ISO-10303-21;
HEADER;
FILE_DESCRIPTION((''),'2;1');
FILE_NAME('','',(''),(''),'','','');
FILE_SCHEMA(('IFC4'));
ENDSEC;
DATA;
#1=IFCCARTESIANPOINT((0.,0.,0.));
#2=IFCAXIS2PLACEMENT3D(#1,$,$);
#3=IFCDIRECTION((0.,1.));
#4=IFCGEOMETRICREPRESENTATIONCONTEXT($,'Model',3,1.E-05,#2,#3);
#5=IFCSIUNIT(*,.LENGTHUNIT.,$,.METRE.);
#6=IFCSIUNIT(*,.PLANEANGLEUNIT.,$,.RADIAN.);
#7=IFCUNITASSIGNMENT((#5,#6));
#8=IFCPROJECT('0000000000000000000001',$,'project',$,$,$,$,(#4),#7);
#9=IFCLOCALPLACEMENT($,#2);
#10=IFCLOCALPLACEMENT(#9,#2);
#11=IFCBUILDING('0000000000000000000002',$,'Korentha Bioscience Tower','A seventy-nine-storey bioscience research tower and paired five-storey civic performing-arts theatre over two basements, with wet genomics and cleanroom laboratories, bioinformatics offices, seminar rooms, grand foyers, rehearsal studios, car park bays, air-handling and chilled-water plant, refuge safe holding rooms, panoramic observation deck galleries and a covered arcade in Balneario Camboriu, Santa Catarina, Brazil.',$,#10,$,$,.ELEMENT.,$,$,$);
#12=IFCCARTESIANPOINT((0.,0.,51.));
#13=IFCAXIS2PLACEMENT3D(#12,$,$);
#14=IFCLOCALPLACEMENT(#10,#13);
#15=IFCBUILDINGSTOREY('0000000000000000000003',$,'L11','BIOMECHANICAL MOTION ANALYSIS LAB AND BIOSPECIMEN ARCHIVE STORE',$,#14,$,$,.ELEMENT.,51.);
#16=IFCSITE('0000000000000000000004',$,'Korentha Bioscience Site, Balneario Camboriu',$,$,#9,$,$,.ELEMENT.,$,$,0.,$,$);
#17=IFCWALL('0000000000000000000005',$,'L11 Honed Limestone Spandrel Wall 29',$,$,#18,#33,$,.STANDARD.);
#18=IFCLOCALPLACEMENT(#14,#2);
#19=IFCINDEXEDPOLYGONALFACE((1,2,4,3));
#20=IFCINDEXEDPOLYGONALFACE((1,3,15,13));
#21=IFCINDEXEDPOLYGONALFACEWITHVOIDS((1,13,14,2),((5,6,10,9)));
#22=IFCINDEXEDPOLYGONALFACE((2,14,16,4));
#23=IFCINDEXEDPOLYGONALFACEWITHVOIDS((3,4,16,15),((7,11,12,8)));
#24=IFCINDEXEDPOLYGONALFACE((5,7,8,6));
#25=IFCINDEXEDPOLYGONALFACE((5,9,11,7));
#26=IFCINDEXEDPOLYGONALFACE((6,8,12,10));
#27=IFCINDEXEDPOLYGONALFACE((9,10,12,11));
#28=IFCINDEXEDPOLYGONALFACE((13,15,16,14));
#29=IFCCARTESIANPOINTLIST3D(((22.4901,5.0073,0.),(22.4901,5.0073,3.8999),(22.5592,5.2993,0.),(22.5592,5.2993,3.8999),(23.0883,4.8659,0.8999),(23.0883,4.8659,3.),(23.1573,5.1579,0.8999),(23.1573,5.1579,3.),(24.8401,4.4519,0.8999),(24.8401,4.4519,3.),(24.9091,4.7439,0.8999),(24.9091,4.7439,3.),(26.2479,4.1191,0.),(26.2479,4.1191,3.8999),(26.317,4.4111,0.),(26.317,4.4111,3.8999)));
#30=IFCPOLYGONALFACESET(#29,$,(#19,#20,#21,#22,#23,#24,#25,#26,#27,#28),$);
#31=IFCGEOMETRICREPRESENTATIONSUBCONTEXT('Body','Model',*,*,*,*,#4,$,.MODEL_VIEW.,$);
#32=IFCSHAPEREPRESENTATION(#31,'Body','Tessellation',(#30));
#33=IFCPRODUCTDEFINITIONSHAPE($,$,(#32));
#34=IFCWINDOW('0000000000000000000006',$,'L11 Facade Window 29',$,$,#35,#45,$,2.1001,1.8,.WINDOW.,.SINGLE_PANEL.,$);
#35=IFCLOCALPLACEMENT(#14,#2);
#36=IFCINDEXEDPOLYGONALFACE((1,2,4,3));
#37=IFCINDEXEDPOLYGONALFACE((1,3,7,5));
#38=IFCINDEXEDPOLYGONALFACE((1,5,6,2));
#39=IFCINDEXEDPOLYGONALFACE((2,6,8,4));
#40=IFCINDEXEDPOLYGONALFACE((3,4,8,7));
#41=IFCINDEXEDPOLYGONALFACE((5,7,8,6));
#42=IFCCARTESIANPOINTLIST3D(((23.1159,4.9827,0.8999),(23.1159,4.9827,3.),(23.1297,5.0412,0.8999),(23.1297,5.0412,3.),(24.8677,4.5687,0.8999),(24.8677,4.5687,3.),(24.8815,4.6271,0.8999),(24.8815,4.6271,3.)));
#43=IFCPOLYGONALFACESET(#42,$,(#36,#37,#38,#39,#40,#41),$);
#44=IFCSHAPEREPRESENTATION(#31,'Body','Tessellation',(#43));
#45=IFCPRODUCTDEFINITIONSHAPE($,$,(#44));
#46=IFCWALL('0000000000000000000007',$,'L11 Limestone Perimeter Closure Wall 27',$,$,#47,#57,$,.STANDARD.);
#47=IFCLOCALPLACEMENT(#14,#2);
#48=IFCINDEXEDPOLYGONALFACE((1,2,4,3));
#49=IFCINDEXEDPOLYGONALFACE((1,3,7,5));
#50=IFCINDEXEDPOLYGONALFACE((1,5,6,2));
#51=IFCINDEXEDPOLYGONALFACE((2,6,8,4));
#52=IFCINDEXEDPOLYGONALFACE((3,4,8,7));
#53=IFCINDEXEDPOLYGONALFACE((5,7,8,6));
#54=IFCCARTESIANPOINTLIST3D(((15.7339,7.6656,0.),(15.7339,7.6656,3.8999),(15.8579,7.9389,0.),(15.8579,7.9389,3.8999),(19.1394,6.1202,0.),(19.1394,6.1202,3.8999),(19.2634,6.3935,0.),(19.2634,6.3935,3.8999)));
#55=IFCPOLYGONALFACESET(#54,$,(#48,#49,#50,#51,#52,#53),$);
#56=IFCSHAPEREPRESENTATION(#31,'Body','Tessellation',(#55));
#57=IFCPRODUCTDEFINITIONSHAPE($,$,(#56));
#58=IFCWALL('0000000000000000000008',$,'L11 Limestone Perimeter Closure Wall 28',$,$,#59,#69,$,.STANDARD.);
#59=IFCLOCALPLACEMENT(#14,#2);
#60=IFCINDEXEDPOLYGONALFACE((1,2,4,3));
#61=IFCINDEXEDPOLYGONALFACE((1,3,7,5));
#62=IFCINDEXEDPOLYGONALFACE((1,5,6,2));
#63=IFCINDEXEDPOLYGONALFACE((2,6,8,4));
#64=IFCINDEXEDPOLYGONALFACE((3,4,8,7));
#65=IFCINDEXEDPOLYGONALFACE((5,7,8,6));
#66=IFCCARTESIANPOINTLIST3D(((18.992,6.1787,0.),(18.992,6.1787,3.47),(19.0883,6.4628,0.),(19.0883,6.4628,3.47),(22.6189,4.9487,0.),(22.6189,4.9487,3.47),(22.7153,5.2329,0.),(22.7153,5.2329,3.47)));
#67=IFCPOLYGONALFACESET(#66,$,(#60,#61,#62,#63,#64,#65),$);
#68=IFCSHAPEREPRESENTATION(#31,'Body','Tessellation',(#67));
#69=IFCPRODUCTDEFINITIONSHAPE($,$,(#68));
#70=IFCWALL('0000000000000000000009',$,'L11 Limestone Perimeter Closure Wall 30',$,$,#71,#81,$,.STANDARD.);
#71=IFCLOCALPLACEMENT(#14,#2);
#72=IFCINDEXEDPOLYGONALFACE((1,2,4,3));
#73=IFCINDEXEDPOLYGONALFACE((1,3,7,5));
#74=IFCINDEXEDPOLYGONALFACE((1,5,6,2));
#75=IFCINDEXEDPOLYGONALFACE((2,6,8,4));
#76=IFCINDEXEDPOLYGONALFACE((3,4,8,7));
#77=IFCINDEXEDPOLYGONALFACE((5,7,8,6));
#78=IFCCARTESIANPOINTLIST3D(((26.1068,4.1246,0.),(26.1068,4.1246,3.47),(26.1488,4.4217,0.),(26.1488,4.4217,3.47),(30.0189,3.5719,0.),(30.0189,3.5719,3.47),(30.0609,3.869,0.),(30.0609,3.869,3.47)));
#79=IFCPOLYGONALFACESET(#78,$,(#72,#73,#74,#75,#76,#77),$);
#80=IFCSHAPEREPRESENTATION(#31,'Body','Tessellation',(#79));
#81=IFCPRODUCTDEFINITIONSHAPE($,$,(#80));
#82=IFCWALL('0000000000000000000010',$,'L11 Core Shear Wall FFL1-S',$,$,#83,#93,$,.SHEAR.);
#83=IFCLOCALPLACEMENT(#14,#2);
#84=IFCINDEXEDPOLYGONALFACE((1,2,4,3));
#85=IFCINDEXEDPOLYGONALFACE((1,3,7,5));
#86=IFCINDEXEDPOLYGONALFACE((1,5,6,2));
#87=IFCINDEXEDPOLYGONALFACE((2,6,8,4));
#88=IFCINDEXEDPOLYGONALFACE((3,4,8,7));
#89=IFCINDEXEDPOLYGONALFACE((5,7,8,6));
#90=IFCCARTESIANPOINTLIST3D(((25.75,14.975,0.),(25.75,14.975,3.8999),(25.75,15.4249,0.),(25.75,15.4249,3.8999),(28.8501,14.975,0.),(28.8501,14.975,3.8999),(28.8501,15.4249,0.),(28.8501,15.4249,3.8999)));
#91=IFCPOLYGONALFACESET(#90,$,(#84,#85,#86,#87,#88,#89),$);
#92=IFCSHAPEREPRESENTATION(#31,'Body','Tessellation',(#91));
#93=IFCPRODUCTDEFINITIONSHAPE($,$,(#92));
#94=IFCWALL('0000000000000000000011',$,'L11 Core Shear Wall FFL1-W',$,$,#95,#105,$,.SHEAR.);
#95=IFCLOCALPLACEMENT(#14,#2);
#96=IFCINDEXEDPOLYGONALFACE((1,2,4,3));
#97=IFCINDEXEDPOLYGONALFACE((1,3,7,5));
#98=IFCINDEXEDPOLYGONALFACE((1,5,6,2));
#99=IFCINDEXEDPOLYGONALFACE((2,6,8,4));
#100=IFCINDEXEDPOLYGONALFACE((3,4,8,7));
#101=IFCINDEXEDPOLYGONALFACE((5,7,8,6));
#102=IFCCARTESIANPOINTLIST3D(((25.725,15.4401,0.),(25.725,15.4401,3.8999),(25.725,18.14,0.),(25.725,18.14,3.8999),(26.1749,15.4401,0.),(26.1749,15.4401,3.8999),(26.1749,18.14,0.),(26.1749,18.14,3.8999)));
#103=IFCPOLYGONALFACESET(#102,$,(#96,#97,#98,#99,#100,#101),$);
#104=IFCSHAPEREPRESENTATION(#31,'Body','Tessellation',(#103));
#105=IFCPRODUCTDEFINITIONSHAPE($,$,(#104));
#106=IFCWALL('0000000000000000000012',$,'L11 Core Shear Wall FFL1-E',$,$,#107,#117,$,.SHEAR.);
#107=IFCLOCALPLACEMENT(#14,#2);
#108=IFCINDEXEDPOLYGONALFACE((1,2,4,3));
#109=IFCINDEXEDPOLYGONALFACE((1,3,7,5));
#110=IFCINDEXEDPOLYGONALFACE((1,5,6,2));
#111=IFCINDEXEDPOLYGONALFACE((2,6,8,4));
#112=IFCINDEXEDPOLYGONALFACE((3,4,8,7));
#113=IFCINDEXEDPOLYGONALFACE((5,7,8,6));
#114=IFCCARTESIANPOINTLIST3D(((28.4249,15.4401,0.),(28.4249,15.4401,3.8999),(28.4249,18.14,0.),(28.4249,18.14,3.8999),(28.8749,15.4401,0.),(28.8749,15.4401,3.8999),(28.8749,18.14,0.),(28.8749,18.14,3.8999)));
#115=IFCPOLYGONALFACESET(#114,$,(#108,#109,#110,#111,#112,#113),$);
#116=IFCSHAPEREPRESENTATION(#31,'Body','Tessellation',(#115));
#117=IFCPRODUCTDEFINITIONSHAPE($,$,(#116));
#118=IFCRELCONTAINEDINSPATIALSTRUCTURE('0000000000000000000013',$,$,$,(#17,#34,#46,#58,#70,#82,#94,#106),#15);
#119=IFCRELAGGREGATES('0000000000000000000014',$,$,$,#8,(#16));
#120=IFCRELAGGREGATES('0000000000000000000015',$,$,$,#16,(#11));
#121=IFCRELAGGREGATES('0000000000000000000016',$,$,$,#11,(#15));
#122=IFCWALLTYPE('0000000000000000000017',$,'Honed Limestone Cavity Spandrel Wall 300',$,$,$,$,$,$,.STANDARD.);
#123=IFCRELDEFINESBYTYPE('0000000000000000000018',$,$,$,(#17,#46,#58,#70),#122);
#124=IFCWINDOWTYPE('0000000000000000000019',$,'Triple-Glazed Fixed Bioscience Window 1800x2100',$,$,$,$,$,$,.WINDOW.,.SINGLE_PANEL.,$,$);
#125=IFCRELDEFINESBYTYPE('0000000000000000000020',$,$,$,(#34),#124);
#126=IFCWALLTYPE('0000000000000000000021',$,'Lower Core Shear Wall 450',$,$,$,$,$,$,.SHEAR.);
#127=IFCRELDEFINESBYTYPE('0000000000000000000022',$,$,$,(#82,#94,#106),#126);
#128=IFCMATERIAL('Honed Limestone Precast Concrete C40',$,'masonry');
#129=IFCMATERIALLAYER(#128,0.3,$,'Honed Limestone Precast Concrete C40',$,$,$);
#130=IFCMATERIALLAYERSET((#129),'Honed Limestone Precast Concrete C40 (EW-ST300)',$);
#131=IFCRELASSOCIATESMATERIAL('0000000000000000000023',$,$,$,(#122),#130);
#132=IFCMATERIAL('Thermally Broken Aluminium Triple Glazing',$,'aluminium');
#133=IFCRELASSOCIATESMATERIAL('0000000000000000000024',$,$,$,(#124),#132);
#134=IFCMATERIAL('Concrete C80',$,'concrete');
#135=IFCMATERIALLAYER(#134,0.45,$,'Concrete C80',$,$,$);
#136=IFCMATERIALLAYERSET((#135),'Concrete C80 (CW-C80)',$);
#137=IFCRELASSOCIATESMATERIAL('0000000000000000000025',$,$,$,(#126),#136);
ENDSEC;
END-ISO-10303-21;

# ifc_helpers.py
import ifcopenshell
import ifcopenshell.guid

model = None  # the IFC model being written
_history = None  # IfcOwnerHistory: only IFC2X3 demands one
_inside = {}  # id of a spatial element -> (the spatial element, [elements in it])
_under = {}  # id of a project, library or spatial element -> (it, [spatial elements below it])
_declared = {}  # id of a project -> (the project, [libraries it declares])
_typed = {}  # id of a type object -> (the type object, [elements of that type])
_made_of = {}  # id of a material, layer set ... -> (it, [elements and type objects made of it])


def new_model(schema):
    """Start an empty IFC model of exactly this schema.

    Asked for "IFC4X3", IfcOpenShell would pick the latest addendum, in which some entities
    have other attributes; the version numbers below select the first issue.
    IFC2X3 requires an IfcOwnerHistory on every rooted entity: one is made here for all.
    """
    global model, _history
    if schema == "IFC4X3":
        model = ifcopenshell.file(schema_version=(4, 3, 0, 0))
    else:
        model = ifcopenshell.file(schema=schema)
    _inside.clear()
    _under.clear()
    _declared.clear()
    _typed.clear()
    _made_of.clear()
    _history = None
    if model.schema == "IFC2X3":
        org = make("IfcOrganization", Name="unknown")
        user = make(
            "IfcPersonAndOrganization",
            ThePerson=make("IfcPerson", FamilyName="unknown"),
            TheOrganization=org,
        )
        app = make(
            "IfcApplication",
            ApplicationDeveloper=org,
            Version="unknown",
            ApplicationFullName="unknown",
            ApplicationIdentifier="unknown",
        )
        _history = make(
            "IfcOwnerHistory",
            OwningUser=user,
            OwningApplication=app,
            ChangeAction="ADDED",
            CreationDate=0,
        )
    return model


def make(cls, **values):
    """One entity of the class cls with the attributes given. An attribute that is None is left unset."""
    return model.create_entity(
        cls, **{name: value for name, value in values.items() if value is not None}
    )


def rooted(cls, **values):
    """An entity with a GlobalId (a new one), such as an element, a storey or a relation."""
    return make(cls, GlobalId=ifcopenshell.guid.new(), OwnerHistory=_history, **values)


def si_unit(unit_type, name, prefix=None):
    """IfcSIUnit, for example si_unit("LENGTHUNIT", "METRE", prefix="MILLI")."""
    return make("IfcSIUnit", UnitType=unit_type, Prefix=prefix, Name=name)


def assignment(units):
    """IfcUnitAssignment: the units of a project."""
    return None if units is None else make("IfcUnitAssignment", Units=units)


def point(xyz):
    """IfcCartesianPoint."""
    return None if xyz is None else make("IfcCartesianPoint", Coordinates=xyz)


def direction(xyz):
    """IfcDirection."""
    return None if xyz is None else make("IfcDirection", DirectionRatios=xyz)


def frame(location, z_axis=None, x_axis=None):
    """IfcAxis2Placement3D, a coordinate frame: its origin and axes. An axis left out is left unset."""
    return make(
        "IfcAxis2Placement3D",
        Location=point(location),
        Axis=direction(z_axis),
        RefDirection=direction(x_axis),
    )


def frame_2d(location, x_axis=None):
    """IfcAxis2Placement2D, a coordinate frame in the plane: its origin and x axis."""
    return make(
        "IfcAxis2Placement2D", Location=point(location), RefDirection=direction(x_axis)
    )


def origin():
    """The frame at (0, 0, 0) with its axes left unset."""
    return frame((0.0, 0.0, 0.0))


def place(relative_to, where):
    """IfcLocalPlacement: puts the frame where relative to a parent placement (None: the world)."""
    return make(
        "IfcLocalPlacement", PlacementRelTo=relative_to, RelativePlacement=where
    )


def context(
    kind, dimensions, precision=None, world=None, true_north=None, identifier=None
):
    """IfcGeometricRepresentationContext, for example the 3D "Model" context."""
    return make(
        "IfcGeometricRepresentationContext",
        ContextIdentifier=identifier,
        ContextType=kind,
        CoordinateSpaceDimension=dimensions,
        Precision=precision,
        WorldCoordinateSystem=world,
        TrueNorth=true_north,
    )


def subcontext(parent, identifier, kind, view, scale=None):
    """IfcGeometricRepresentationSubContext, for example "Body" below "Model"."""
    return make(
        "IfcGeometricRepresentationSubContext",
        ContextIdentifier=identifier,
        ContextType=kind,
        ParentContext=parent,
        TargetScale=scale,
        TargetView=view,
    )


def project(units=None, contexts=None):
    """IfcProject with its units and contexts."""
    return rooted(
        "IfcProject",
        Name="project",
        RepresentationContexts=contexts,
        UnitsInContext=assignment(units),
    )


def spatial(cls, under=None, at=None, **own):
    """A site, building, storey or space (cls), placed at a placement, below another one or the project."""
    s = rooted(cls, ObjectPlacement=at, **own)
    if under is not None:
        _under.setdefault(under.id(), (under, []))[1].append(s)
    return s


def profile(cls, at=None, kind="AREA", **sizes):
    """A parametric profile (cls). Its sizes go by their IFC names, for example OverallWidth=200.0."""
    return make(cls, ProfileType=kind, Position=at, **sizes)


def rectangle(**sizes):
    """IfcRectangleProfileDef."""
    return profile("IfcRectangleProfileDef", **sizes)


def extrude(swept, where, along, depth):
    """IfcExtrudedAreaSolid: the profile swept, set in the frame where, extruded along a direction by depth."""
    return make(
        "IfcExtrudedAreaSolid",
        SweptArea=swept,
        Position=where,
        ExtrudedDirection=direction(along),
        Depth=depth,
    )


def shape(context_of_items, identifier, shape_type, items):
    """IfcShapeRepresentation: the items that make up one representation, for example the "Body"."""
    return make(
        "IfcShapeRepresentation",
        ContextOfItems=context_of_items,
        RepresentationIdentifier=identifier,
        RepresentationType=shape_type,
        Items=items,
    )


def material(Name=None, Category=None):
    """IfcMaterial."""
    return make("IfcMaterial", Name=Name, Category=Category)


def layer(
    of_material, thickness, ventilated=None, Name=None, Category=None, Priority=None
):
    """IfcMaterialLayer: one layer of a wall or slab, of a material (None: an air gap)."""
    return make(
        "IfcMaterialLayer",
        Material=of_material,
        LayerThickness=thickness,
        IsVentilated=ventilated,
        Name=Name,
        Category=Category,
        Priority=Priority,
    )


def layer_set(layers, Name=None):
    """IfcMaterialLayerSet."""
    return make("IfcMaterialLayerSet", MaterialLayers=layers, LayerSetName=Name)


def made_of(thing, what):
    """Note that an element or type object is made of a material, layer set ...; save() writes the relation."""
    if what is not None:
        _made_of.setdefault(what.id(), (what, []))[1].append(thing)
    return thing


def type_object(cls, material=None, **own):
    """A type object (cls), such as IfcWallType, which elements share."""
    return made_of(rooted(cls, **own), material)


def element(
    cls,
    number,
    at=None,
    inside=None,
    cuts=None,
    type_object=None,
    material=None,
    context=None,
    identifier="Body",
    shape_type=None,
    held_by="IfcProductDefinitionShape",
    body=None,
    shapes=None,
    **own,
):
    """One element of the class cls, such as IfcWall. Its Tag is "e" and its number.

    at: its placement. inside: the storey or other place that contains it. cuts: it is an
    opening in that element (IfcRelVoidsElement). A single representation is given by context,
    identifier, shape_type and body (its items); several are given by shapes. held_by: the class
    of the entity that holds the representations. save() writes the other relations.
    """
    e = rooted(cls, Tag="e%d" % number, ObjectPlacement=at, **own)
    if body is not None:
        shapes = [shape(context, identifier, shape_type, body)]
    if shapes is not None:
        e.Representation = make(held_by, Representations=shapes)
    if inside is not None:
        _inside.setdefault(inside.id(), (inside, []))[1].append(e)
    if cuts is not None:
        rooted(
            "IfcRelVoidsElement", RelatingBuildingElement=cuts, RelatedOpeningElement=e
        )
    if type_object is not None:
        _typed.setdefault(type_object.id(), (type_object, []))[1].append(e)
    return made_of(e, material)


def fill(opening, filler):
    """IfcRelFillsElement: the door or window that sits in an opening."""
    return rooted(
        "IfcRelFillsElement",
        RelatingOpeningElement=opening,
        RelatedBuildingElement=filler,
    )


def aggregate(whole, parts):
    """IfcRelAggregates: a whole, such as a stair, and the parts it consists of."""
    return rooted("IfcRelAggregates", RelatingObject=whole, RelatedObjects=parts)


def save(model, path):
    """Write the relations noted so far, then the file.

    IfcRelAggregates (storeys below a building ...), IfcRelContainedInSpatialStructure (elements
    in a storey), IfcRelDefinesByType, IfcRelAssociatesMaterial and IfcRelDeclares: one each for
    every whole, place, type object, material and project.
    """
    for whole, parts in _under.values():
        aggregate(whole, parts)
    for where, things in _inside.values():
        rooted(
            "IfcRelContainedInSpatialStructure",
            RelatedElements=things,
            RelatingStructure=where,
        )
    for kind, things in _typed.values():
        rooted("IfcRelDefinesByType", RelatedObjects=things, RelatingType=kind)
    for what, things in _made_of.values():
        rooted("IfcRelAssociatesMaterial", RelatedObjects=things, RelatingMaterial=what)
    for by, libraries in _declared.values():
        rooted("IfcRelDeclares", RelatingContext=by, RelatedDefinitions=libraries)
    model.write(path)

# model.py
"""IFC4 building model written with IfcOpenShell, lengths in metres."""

from ifc_helpers import new_model, si_unit, direction, frame, frame_2d, origin, place, context, subcontext, project, spatial, rectangle, extrude, material, layer, layer_set, type_object, element, fill, save


model = new_model("IFC4")

# Units and contexts
model_context = context("Model", 3, precision=1e-05, world=origin(), true_north=direction((0.0, 1.0)))
body_context = subcontext(model_context, "Body", "Model", "MODEL_VIEW")
ifc_project = project(units=[si_unit("LENGTHUNIT", "METRE"), si_unit("PLANEANGLEUNIT", "RADIAN")], contexts=[model_context])

# Site, building, storey
site_placement = place(None, origin())
site = spatial("IfcSite", under=ifc_project, at=site_placement, Name="Korentha Bioscience Site, Balneario Camboriu", CompositionType="ELEMENT", RefElevation=0.0)
building_placement = place(site_placement, origin())
building = spatial("IfcBuilding", under=site, at=building_placement, Name="Korentha Bioscience Tower", Description="A seventy-nine-storey bioscience research tower and paired five-storey civic performing-arts theatre over two basements, with wet genomics and cleanroom laboratories, bioinformatics offices, seminar rooms, grand foyers, rehearsal studios, car park bays, air-handling and chilled-water plant, refuge safe holding rooms, panoramic observation deck galleries and a covered arcade in Balneario Camboriu, Santa Catarina, Brazil.", CompositionType="ELEMENT")
storey_placement = place(building_placement, frame((0.0, 0.0, 51.0)))
storey = spatial("IfcBuildingStorey", under=building, at=storey_placement, Name="L11", Description="BIOMECHANICAL MOTION ANALYSIS LAB AND BIOSPECIMEN ARCHIVE STORE", CompositionType="ELEMENT", Elevation=51.0)

# Shared definitions
ifc_material_1 = material(Name="Concrete C80", Category="concrete")

# Shared definitions
ifc_material_2 = material(Name="Honed Limestone Precast Concrete C40", Category="masonry")
ifc_layer_1 = layer(ifc_material_2, 0.3, Name="Honed Limestone Precast Concrete C40")
ifc_layer_set_1 = layer_set([ifc_layer_1], Name="Honed Limestone Precast Concrete C40 (EW-ST300)")
wall_type_1 = type_object("IfcWallType", Name="Honed Limestone Cavity Spandrel Wall 300", PredefinedType="STANDARD", material=ifc_layer_set_1)

# Wall, opening, window
wall_1_placement = place(storey_placement, frame((22.5247, 5.1533, 0.0), z_axis=(0.0, 0.0, 1.0), x_axis=(0.973186, -0.230019, 0.0)))
wall_1 = element("IfcWall", 1, at=wall_1_placement, inside=storey, type_object=wall_type_1, Name="L11 Honed Limestone Spandrel Wall 29", PredefinedType="STANDARD", context=body_context, shape_type="SweptSolid", body=[
    extrude(rectangle(XDim=3.8613, YDim=0.3, at=frame_2d((1.9307, 0.0))), origin(), (0.0, 0.0, 1.0), 3.8999),
])
opening_1_placement = place(wall_1_placement, frame((0.6147, 0.0, 0.8999)))
opening_1 = element("IfcOpeningElement", 2, at=opening_1_placement, cuts=wall_1, PredefinedType="OPENING", context=body_context, shape_type="SweptSolid", body=[
    extrude(rectangle(XDim=1.8, YDim=2.1001, at=frame_2d((0.8999, 1.05))), frame((0.0, 0.165, 0.0), z_axis=(0.0, -1.0, 0.0), x_axis=(1.0, 0.0, 0.0)), (0.0, 0.0, 1.0), 0.3298),
])
ifc_material_3 = material(Name="Thermally Broken Aluminium Triple Glazing", Category="aluminium")
window_type = type_object("IfcWindowType", Name="Triple-Glazed Fixed Bioscience Window 1800x2100", PartitioningType="SINGLE_PANEL", PredefinedType="WINDOW", material=ifc_material_3)
window_placement = place(opening_1_placement, origin())
window = element("IfcWindow", 3, at=window_placement, inside=storey, type_object=window_type, Name="L11 Facade Window 29", OverallHeight=2.1001, OverallWidth=1.8, PartitioningType="SINGLE_PANEL", PredefinedType="WINDOW", context=body_context, shape_type="SweptSolid", body=[
    extrude(rectangle(XDim=1.8, YDim=2.1001, at=frame_2d((0.8999, 1.05))), frame((0.0, 0.03, 0.0), z_axis=(0.0, -1.0, 0.0), x_axis=(1.0, 0.0, 0.0)), (0.0, 0.0, 1.0), 0.0601),
])
fill(opening_1, window)

# Walls
wall_2_placement = place(storey_placement, frame((15.7959, 7.8022, 0.0), z_axis=(0.0, 0.0, 1.0), x_axis=(0.910623, -0.413237, 0.0)))
element("IfcWall", 4, at=wall_2_placement, inside=storey, type_object=wall_type_1, Name="L11 Limestone Perimeter Closure Wall 27", PredefinedType="STANDARD", context=body_context, shape_type="SweptSolid", body=[
    extrude(rectangle(XDim=3.7397, YDim=0.3, at=frame_2d((1.8699, 0.0))), origin(), (0.0, 0.0, 1.0), 3.8999),
])
wall_3_placement = place(storey_placement, frame((19.04, 6.3208, 0.0), z_axis=(0.0, 0.0, 1.0), x_axis=(0.947026, -0.321158, 0.0)))
element("IfcWall", 5, at=wall_3_placement, inside=storey, type_object=wall_type_1, Name="L11 Limestone Perimeter Closure Wall 28", PredefinedType="STANDARD", context=body_context, shape_type="SweptSolid", body=[
    extrude(rectangle(XDim=3.8298, YDim=0.3, at=frame_2d((1.915, 0.0))), origin(), (0.0, 0.0, 1.0), 3.47),
])
wall_4_placement = place(storey_placement, frame((26.1277, 4.2732, 0.0), z_axis=(0.0, 0.0, 1.0), x_axis=(0.990166, -0.139899, 0.0)))
element("IfcWall", 6, at=wall_4_placement, inside=storey, type_object=wall_type_1, Name="L11 Limestone Perimeter Closure Wall 30", PredefinedType="STANDARD", context=body_context, shape_type="SweptSolid", body=[
    extrude(rectangle(XDim=3.9509, YDim=0.3, at=frame_2d((1.9756, 0.0))), origin(), (0.0, 0.0, 1.0), 3.47),
])
ifc_layer_2 = layer(ifc_material_1, 0.45, Name="Concrete C80")
ifc_layer_set_2 = layer_set([ifc_layer_2], Name="Concrete C80 (CW-C80)")
wall_type_2 = type_object("IfcWallType", Name="Lower Core Shear Wall 450", PredefinedType="SHEAR", material=ifc_layer_set_2)
wall_5_placement = place(storey_placement, frame((25.75, 15.2, 0.0), z_axis=(0.0, 0.0, 1.0), x_axis=(1.0, 0.0, 0.0)))
element("IfcWall", 7, at=wall_5_placement, inside=storey, type_object=wall_type_2, Name="L11 Core Shear Wall FFL1-S", PredefinedType="SHEAR", context=body_context, shape_type="SweptSolid", body=[
    extrude(rectangle(XDim=3.1001, YDim=0.45, at=frame_2d((1.55, 0.0))), origin(), (0.0, 0.0, 1.0), 3.8999),
])
for number, where, z_axis, x_axis, name in (
    (8, (25.95, 15.4399, 0.0), (0.0, 0.0, 1.0), (0.0, 1.0, 0.0), "L11 Core Shear Wall FFL1-W"),
    (9, (28.6499, 15.4399, 0.0), (0.0, 0.0, 1.0), (0.0, 1.0, 0.0), "L11 Core Shear Wall FFL1-E"),
):
    element("IfcWall", number, at=place(storey_placement, frame(where, z_axis=z_axis, x_axis=x_axis)), inside=storey, type_object=wall_type_2, Name=name, PredefinedType="SHEAR", context=body_context, shape_type="SweptSolid", body=[
        extrude(rectangle(XDim=2.7, YDim=0.45, at=frame_2d((1.3501, 0.0))), origin(), (0.0, 0.0, 1.0), 3.8999),
    ])

save(model, "model.ifc")
